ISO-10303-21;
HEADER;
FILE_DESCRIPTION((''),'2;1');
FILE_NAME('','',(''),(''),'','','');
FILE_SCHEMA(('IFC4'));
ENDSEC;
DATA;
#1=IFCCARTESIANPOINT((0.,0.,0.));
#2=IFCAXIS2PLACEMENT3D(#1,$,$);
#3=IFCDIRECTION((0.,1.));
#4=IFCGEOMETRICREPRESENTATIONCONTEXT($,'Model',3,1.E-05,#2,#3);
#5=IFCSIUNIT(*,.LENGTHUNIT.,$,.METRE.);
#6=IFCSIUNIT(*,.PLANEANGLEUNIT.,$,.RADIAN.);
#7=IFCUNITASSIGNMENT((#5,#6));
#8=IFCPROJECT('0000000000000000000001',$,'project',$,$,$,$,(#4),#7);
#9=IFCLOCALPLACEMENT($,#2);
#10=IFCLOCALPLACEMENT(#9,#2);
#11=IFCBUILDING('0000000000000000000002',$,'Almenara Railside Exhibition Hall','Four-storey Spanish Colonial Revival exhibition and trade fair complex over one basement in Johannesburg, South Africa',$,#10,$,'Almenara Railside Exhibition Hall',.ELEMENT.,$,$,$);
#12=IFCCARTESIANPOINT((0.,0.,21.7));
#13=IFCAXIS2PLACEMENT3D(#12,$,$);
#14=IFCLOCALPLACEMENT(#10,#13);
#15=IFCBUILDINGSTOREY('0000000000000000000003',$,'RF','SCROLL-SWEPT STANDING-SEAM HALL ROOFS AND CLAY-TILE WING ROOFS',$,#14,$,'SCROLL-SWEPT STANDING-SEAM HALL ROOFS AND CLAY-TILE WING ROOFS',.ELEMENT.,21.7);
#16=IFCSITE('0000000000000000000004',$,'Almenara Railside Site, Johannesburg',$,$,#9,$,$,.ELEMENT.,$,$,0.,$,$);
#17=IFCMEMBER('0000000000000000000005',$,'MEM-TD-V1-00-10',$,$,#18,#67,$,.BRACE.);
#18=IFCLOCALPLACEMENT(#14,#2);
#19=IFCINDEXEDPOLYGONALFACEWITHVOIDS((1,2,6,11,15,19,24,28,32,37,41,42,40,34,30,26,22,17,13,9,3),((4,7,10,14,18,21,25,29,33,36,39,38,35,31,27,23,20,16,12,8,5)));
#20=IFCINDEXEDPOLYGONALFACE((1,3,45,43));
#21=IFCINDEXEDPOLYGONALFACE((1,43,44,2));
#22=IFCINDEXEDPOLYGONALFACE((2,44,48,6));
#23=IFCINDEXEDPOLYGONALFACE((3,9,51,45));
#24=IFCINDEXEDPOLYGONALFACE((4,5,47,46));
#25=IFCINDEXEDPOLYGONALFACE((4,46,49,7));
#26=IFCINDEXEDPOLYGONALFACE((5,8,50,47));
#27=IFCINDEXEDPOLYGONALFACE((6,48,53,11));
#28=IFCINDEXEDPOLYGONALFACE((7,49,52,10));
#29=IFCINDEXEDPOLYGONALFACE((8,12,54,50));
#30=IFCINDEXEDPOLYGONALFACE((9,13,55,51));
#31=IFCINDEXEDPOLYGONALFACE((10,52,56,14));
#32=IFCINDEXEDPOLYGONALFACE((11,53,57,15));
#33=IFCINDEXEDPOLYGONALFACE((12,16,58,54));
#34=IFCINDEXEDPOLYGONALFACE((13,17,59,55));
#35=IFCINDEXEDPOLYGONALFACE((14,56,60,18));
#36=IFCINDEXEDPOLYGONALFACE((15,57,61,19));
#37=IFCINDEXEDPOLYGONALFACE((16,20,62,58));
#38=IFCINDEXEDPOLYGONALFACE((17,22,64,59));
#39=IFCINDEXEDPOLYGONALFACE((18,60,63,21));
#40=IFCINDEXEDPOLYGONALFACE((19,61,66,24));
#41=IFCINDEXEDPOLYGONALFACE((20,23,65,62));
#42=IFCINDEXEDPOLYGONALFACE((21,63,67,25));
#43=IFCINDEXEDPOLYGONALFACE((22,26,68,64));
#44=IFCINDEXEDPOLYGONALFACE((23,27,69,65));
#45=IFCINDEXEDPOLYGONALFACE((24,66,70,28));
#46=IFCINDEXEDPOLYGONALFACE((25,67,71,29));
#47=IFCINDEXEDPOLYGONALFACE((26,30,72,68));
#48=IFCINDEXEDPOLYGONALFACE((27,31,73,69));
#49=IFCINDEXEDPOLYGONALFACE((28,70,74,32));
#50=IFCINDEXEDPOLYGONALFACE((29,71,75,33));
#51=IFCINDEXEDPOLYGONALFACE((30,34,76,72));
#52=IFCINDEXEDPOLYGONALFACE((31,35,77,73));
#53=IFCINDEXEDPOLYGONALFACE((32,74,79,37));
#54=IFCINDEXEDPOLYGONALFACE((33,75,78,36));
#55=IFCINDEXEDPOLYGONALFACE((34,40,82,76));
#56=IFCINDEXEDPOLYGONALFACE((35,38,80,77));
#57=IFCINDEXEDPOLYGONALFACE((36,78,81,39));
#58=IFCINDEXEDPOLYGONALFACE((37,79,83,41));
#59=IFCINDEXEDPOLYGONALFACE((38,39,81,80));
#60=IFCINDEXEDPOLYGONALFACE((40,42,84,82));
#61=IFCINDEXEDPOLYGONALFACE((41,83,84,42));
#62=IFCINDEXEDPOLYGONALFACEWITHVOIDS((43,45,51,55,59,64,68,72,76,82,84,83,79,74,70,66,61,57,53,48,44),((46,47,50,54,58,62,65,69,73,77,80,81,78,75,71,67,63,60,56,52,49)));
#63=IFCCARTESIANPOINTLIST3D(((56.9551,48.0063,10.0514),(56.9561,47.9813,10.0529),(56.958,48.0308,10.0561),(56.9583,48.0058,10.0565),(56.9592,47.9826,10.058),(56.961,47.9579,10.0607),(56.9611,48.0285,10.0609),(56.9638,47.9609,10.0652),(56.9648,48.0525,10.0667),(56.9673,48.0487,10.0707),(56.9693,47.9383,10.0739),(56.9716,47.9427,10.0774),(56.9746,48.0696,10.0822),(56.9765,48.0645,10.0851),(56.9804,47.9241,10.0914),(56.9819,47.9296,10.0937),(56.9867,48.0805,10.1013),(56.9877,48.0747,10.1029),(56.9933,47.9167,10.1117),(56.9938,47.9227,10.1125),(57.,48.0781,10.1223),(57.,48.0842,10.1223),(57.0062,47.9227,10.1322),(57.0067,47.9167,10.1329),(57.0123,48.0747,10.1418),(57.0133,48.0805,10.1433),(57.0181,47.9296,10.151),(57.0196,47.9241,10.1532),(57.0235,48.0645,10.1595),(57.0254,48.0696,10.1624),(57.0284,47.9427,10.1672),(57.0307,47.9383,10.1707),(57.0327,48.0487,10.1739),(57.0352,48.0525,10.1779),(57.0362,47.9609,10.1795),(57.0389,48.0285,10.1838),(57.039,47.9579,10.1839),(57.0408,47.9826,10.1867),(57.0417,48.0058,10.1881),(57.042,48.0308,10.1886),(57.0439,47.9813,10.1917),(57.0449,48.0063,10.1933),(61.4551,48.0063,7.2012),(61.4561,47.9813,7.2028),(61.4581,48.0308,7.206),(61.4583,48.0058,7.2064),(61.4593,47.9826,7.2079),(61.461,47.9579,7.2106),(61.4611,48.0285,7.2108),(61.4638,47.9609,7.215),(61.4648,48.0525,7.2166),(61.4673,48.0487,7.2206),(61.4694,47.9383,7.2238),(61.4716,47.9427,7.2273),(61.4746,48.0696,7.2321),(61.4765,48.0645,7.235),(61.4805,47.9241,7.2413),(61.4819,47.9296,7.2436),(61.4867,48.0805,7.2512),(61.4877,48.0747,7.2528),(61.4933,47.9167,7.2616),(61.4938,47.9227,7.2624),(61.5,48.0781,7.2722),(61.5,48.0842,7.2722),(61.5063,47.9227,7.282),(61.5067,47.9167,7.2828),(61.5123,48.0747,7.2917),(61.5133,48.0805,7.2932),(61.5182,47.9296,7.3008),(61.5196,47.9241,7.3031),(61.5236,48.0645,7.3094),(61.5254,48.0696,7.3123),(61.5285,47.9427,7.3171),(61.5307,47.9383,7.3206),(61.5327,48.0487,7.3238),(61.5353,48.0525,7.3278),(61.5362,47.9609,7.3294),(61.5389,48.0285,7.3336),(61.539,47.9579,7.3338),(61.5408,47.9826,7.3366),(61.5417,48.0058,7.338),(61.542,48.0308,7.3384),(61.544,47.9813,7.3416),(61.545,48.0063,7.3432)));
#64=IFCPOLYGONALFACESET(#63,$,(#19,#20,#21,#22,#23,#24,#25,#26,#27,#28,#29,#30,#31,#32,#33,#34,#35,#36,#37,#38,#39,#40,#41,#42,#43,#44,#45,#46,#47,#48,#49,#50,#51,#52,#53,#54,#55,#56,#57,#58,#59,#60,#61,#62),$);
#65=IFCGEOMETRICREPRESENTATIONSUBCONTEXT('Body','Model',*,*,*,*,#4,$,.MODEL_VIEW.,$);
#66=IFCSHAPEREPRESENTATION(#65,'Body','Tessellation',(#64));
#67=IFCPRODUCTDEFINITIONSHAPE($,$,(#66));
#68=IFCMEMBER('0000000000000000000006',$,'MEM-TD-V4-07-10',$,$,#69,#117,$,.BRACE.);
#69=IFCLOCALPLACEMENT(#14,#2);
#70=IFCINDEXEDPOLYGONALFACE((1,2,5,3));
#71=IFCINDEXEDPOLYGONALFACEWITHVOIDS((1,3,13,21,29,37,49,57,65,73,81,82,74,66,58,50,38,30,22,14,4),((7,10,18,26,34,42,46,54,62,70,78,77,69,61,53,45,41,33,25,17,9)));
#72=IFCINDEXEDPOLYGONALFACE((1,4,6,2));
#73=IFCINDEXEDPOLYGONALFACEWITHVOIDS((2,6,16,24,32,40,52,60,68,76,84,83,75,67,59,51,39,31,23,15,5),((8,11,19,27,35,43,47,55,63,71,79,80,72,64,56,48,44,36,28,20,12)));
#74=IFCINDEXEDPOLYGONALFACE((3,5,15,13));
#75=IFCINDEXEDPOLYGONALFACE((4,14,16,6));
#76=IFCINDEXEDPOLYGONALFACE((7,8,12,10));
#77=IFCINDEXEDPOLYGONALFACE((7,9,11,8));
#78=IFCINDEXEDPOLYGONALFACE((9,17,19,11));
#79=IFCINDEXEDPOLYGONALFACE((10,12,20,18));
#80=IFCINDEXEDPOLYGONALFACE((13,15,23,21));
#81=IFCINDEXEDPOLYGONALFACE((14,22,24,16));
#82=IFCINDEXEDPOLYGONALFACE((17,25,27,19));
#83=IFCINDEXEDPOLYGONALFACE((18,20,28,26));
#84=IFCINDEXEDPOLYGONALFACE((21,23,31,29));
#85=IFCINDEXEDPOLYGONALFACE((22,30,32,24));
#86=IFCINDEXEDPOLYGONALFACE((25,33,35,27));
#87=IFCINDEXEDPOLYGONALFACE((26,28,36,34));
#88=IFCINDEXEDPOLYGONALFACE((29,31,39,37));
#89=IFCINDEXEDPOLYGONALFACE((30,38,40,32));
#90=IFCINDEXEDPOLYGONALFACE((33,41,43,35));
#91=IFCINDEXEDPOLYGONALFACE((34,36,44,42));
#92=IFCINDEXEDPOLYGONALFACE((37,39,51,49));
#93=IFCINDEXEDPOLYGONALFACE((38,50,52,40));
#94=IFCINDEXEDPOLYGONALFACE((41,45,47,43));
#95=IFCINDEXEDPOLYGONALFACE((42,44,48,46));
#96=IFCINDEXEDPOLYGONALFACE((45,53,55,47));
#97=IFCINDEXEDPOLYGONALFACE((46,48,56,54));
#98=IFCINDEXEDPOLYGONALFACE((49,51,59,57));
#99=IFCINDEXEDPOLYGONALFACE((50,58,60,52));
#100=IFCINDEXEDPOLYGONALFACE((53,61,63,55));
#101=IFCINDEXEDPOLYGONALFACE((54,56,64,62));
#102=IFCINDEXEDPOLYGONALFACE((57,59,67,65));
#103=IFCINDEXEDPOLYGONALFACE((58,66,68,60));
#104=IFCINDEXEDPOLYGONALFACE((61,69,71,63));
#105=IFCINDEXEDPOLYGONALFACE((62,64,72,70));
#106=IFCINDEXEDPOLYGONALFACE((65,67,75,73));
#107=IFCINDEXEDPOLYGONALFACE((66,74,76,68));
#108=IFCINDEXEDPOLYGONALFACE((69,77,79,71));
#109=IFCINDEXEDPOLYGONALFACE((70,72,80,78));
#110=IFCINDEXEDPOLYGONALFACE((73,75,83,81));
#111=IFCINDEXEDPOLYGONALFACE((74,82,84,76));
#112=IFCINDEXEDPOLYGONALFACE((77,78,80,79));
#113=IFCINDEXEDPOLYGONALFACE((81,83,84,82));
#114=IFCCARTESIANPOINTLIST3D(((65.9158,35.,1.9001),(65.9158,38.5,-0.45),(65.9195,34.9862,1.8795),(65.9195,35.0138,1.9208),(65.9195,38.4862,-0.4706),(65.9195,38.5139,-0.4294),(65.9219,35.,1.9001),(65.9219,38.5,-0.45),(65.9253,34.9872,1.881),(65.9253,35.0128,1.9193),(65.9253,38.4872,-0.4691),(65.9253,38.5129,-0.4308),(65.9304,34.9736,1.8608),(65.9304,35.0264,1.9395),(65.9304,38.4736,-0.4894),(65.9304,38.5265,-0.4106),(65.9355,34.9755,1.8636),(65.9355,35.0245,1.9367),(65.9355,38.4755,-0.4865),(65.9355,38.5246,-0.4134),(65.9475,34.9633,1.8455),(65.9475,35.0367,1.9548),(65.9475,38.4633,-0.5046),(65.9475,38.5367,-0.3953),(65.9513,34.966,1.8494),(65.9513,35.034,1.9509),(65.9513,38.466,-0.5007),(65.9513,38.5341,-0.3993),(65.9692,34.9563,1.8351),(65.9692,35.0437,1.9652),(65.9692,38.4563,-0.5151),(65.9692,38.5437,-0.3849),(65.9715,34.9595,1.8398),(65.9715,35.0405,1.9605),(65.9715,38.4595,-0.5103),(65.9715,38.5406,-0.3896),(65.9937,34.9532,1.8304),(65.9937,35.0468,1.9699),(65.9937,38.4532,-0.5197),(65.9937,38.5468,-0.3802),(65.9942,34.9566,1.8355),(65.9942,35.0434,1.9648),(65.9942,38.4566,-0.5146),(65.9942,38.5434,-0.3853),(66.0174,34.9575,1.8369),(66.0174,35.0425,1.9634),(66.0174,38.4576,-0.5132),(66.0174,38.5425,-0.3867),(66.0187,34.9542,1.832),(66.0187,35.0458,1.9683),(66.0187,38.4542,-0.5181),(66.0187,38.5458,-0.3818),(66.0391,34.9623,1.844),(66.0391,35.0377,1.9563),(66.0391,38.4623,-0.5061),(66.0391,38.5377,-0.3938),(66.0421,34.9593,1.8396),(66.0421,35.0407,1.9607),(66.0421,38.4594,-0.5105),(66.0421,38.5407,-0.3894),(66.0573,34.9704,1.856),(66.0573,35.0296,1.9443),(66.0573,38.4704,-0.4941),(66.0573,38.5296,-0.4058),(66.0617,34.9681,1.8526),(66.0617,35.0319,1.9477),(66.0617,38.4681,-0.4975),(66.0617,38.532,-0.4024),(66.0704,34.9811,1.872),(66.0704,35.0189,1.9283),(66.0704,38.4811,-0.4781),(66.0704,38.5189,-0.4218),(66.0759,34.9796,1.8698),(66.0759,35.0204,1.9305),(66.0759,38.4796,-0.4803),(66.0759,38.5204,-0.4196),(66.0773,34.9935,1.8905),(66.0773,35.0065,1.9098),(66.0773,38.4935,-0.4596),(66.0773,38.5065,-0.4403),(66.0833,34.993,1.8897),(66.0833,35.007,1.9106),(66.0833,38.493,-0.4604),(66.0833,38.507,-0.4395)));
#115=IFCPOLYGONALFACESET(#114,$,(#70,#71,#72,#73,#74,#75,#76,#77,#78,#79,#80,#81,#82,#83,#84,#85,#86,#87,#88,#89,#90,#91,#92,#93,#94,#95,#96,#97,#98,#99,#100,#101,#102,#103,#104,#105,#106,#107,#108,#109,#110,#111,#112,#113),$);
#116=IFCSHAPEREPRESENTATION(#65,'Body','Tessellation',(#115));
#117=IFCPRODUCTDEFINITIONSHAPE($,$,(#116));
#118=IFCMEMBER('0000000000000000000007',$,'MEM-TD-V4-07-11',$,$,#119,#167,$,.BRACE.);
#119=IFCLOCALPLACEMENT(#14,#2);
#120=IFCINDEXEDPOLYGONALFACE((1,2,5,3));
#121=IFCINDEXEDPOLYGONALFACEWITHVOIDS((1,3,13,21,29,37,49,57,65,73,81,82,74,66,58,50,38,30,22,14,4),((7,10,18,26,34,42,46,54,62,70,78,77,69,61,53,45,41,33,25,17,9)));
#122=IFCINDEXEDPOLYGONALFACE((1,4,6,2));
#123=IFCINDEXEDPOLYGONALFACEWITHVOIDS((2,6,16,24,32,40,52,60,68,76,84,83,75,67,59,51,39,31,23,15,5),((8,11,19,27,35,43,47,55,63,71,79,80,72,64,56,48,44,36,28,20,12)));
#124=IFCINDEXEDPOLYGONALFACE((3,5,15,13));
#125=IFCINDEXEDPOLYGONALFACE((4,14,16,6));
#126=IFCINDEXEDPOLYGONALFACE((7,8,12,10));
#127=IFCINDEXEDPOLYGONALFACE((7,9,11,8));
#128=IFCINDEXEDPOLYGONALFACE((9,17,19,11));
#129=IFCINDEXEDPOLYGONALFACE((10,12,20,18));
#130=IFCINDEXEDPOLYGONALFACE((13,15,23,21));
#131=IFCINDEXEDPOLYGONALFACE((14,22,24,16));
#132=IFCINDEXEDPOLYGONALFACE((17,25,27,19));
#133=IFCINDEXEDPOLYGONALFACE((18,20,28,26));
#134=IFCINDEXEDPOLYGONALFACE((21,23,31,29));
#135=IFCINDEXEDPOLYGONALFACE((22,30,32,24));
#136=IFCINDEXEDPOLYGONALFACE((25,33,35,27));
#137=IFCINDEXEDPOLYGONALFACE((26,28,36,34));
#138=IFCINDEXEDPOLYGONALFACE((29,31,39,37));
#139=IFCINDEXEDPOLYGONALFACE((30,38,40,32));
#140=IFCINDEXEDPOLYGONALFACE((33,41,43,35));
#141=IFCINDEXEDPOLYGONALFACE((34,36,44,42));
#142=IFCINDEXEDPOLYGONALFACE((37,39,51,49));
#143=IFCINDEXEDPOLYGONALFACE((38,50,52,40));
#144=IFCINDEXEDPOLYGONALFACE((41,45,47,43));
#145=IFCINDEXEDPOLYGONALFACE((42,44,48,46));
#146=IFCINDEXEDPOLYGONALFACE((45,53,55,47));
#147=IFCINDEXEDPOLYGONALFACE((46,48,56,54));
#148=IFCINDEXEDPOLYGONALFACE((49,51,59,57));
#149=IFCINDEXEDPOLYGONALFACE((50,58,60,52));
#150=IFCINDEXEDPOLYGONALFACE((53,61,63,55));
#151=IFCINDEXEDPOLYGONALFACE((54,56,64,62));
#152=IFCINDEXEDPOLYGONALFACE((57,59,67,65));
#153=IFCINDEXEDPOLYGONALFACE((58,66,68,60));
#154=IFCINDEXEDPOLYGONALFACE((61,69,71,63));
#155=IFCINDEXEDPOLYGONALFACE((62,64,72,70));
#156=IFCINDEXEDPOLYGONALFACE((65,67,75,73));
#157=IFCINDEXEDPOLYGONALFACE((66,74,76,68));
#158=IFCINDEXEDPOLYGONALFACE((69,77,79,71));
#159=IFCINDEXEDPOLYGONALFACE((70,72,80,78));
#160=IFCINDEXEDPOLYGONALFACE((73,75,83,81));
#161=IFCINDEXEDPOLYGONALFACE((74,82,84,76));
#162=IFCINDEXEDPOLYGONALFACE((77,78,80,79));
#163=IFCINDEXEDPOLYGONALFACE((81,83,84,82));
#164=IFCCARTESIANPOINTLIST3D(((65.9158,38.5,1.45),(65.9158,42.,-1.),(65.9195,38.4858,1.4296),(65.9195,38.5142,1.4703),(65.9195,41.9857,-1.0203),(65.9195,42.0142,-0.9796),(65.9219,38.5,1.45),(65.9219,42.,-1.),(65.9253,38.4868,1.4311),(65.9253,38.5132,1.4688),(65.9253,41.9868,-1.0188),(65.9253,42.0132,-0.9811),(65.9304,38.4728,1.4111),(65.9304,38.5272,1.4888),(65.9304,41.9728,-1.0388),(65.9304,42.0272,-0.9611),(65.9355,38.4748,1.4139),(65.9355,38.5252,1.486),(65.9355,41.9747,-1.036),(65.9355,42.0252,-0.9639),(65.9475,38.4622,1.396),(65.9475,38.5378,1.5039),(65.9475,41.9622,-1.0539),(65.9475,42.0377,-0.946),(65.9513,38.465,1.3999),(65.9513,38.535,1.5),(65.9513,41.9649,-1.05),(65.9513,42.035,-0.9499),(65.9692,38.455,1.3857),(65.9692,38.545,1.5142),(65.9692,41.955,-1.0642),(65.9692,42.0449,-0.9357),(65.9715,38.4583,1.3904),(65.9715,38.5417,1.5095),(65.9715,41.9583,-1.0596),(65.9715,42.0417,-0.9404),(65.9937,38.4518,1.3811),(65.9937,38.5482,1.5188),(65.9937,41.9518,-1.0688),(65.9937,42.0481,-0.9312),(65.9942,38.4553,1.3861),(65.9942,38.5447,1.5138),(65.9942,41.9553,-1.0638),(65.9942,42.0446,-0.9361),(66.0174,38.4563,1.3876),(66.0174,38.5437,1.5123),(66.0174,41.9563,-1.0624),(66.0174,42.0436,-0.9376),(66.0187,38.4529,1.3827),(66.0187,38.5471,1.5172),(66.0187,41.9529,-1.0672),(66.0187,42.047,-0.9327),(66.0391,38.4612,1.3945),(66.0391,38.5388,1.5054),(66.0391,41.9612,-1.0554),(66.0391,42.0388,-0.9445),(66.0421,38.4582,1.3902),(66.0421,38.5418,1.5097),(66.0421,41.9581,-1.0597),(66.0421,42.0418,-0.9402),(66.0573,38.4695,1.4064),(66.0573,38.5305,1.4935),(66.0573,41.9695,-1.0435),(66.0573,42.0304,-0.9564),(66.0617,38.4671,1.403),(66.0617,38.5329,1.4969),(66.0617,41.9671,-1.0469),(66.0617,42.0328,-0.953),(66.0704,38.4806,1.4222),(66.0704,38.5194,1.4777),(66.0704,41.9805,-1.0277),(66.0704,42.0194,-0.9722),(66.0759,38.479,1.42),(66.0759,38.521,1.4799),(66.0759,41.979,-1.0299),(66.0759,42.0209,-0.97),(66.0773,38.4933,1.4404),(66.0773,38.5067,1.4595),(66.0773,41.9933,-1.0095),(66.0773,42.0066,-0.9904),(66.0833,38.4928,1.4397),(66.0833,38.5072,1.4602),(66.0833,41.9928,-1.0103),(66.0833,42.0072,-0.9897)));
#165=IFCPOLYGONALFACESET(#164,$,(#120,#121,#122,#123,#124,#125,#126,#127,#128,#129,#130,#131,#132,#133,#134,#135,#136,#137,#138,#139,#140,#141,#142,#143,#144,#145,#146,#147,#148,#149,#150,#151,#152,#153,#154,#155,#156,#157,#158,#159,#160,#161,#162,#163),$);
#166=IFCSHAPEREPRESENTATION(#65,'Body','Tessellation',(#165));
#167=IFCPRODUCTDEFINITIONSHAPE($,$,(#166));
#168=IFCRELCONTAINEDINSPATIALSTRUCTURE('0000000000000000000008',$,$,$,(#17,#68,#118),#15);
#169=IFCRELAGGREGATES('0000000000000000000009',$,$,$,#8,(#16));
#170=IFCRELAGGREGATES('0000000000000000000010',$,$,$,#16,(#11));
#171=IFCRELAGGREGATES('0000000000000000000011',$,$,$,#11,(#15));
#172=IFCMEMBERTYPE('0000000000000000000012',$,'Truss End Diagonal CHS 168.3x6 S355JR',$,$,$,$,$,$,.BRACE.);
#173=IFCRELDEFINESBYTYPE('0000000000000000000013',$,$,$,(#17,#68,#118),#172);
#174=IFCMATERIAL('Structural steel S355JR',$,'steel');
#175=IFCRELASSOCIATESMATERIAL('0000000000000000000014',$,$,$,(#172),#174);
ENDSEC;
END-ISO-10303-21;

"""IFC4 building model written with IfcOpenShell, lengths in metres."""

from ifc_helpers import new_model, si_unit, direction, frame, origin, origin_2d, place, context, subcontext, project, spatial, hollow_circle, extrude, material, material_profile, profile_set, type_object, element, save


model = new_model("IFC4")

# Units and contexts
model_context = context("Model", 3, precision=1e-05, world=origin(), true_north=direction((0.0, 1.0)))
body_context = subcontext(model_context, "Body", "Model", "MODEL_VIEW")
ifc_project = project(units=[si_unit("LENGTHUNIT", "METRE"), si_unit("PLANEANGLEUNIT", "RADIAN")], contexts=[model_context])

# Site, building, storey
site_placement = place(None, origin())
site = spatial("IfcSite", under=ifc_project, at=site_placement, Name="Almenara Railside Site, Johannesburg", CompositionType="ELEMENT", RefElevation=0.0)
building_placement = place(site_placement, origin())
building = spatial("IfcBuilding", under=site, at=building_placement, Name="Almenara Railside Exhibition Hall", Description="Four-storey Spanish Colonial Revival exhibition and trade fair complex over one basement in Johannesburg, South Africa", LongName="Almenara Railside Exhibition Hall", CompositionType="ELEMENT")
storey_placement = place(building_placement, frame((0.0, 0.0, 21.7)))
storey = spatial("IfcBuildingStorey", under=building, at=storey_placement, Name="RF", Description="SCROLL-SWEPT STANDING-SEAM HALL ROOFS AND CLAY-TILE WING ROOFS", LongName="SCROLL-SWEPT STANDING-SEAM HALL ROOFS AND CLAY-TILE WING ROOFS", CompositionType="ELEMENT", Elevation=21.7)

# Shared definitions
ifc_material_1 = material(Name="Structural steel S355JR", Category="steel")

# Members
ifc_material_profile_1 = material_profile(ifc_material_1, hollow_circle(Radius=0.0842, WallThickness=0.0061, at=origin_2d()), Name="CHS 168.3x6")
ifc_profile_set_1 = profile_set([ifc_material_profile_1], Name="Structural steel S355JR")
member_type_1 = type_object("IfcMemberType", Name="Truss End Diagonal CHS 168.3x6 S355JR", PredefinedType="BRACE", material=ifc_profile_set_1)
member_1_placement = place(storey_placement, frame((57.0, 48.0, 10.1223), z_axis=(0.844811, 0.0, -0.535065), x_axis=(0.0, 1.0, 0.0)))
element("IfcMember", 1, at=member_1_placement, inside=storey, type_object=member_type_1, Name="MEM-TD-V1-00-10", PredefinedType="BRACE", context=body_context, shape_type="SweptSolid", body=[
    extrude(hollow_circle(Radius=0.0842, WallThickness=0.0061, at=origin_2d()), origin(), (0.0, 0.0, 1.0), 5.3267),
])
member_2_placement = place(storey_placement, frame((66.0, 35.0, 1.9001), z_axis=(0.0, 0.83021, -0.55745), x_axis=(-1.0, 0.0, 0.0)))
element("IfcMember", 2, at=member_2_placement, inside=storey, type_object=member_type_1, Name="MEM-TD-V4-07-10", PredefinedType="BRACE", context=body_context, shape_type="SweptSolid", body=[
    extrude(hollow_circle(Radius=0.0842, WallThickness=0.0061, at=origin_2d()), origin(), (0.0, 0.0, 1.0), 4.2158),
])
member_3_placement = place(storey_placement, frame((66.0, 38.5, 1.45), z_axis=(0.0, 0.819237, -0.573455), x_axis=(-1.0, 0.0, 0.0)))
element("IfcMember", 3, at=member_3_placement, inside=storey, type_object=member_type_1, Name="MEM-TD-V4-07-11", PredefinedType="BRACE", context=body_context, shape_type="SweptSolid", body=[
    extrude(hollow_circle(Radius=0.0842, WallThickness=0.0061, at=origin_2d()), origin(), (0.0, 0.0, 1.0), 4.2722),
])

save(model, "model.ifc")
